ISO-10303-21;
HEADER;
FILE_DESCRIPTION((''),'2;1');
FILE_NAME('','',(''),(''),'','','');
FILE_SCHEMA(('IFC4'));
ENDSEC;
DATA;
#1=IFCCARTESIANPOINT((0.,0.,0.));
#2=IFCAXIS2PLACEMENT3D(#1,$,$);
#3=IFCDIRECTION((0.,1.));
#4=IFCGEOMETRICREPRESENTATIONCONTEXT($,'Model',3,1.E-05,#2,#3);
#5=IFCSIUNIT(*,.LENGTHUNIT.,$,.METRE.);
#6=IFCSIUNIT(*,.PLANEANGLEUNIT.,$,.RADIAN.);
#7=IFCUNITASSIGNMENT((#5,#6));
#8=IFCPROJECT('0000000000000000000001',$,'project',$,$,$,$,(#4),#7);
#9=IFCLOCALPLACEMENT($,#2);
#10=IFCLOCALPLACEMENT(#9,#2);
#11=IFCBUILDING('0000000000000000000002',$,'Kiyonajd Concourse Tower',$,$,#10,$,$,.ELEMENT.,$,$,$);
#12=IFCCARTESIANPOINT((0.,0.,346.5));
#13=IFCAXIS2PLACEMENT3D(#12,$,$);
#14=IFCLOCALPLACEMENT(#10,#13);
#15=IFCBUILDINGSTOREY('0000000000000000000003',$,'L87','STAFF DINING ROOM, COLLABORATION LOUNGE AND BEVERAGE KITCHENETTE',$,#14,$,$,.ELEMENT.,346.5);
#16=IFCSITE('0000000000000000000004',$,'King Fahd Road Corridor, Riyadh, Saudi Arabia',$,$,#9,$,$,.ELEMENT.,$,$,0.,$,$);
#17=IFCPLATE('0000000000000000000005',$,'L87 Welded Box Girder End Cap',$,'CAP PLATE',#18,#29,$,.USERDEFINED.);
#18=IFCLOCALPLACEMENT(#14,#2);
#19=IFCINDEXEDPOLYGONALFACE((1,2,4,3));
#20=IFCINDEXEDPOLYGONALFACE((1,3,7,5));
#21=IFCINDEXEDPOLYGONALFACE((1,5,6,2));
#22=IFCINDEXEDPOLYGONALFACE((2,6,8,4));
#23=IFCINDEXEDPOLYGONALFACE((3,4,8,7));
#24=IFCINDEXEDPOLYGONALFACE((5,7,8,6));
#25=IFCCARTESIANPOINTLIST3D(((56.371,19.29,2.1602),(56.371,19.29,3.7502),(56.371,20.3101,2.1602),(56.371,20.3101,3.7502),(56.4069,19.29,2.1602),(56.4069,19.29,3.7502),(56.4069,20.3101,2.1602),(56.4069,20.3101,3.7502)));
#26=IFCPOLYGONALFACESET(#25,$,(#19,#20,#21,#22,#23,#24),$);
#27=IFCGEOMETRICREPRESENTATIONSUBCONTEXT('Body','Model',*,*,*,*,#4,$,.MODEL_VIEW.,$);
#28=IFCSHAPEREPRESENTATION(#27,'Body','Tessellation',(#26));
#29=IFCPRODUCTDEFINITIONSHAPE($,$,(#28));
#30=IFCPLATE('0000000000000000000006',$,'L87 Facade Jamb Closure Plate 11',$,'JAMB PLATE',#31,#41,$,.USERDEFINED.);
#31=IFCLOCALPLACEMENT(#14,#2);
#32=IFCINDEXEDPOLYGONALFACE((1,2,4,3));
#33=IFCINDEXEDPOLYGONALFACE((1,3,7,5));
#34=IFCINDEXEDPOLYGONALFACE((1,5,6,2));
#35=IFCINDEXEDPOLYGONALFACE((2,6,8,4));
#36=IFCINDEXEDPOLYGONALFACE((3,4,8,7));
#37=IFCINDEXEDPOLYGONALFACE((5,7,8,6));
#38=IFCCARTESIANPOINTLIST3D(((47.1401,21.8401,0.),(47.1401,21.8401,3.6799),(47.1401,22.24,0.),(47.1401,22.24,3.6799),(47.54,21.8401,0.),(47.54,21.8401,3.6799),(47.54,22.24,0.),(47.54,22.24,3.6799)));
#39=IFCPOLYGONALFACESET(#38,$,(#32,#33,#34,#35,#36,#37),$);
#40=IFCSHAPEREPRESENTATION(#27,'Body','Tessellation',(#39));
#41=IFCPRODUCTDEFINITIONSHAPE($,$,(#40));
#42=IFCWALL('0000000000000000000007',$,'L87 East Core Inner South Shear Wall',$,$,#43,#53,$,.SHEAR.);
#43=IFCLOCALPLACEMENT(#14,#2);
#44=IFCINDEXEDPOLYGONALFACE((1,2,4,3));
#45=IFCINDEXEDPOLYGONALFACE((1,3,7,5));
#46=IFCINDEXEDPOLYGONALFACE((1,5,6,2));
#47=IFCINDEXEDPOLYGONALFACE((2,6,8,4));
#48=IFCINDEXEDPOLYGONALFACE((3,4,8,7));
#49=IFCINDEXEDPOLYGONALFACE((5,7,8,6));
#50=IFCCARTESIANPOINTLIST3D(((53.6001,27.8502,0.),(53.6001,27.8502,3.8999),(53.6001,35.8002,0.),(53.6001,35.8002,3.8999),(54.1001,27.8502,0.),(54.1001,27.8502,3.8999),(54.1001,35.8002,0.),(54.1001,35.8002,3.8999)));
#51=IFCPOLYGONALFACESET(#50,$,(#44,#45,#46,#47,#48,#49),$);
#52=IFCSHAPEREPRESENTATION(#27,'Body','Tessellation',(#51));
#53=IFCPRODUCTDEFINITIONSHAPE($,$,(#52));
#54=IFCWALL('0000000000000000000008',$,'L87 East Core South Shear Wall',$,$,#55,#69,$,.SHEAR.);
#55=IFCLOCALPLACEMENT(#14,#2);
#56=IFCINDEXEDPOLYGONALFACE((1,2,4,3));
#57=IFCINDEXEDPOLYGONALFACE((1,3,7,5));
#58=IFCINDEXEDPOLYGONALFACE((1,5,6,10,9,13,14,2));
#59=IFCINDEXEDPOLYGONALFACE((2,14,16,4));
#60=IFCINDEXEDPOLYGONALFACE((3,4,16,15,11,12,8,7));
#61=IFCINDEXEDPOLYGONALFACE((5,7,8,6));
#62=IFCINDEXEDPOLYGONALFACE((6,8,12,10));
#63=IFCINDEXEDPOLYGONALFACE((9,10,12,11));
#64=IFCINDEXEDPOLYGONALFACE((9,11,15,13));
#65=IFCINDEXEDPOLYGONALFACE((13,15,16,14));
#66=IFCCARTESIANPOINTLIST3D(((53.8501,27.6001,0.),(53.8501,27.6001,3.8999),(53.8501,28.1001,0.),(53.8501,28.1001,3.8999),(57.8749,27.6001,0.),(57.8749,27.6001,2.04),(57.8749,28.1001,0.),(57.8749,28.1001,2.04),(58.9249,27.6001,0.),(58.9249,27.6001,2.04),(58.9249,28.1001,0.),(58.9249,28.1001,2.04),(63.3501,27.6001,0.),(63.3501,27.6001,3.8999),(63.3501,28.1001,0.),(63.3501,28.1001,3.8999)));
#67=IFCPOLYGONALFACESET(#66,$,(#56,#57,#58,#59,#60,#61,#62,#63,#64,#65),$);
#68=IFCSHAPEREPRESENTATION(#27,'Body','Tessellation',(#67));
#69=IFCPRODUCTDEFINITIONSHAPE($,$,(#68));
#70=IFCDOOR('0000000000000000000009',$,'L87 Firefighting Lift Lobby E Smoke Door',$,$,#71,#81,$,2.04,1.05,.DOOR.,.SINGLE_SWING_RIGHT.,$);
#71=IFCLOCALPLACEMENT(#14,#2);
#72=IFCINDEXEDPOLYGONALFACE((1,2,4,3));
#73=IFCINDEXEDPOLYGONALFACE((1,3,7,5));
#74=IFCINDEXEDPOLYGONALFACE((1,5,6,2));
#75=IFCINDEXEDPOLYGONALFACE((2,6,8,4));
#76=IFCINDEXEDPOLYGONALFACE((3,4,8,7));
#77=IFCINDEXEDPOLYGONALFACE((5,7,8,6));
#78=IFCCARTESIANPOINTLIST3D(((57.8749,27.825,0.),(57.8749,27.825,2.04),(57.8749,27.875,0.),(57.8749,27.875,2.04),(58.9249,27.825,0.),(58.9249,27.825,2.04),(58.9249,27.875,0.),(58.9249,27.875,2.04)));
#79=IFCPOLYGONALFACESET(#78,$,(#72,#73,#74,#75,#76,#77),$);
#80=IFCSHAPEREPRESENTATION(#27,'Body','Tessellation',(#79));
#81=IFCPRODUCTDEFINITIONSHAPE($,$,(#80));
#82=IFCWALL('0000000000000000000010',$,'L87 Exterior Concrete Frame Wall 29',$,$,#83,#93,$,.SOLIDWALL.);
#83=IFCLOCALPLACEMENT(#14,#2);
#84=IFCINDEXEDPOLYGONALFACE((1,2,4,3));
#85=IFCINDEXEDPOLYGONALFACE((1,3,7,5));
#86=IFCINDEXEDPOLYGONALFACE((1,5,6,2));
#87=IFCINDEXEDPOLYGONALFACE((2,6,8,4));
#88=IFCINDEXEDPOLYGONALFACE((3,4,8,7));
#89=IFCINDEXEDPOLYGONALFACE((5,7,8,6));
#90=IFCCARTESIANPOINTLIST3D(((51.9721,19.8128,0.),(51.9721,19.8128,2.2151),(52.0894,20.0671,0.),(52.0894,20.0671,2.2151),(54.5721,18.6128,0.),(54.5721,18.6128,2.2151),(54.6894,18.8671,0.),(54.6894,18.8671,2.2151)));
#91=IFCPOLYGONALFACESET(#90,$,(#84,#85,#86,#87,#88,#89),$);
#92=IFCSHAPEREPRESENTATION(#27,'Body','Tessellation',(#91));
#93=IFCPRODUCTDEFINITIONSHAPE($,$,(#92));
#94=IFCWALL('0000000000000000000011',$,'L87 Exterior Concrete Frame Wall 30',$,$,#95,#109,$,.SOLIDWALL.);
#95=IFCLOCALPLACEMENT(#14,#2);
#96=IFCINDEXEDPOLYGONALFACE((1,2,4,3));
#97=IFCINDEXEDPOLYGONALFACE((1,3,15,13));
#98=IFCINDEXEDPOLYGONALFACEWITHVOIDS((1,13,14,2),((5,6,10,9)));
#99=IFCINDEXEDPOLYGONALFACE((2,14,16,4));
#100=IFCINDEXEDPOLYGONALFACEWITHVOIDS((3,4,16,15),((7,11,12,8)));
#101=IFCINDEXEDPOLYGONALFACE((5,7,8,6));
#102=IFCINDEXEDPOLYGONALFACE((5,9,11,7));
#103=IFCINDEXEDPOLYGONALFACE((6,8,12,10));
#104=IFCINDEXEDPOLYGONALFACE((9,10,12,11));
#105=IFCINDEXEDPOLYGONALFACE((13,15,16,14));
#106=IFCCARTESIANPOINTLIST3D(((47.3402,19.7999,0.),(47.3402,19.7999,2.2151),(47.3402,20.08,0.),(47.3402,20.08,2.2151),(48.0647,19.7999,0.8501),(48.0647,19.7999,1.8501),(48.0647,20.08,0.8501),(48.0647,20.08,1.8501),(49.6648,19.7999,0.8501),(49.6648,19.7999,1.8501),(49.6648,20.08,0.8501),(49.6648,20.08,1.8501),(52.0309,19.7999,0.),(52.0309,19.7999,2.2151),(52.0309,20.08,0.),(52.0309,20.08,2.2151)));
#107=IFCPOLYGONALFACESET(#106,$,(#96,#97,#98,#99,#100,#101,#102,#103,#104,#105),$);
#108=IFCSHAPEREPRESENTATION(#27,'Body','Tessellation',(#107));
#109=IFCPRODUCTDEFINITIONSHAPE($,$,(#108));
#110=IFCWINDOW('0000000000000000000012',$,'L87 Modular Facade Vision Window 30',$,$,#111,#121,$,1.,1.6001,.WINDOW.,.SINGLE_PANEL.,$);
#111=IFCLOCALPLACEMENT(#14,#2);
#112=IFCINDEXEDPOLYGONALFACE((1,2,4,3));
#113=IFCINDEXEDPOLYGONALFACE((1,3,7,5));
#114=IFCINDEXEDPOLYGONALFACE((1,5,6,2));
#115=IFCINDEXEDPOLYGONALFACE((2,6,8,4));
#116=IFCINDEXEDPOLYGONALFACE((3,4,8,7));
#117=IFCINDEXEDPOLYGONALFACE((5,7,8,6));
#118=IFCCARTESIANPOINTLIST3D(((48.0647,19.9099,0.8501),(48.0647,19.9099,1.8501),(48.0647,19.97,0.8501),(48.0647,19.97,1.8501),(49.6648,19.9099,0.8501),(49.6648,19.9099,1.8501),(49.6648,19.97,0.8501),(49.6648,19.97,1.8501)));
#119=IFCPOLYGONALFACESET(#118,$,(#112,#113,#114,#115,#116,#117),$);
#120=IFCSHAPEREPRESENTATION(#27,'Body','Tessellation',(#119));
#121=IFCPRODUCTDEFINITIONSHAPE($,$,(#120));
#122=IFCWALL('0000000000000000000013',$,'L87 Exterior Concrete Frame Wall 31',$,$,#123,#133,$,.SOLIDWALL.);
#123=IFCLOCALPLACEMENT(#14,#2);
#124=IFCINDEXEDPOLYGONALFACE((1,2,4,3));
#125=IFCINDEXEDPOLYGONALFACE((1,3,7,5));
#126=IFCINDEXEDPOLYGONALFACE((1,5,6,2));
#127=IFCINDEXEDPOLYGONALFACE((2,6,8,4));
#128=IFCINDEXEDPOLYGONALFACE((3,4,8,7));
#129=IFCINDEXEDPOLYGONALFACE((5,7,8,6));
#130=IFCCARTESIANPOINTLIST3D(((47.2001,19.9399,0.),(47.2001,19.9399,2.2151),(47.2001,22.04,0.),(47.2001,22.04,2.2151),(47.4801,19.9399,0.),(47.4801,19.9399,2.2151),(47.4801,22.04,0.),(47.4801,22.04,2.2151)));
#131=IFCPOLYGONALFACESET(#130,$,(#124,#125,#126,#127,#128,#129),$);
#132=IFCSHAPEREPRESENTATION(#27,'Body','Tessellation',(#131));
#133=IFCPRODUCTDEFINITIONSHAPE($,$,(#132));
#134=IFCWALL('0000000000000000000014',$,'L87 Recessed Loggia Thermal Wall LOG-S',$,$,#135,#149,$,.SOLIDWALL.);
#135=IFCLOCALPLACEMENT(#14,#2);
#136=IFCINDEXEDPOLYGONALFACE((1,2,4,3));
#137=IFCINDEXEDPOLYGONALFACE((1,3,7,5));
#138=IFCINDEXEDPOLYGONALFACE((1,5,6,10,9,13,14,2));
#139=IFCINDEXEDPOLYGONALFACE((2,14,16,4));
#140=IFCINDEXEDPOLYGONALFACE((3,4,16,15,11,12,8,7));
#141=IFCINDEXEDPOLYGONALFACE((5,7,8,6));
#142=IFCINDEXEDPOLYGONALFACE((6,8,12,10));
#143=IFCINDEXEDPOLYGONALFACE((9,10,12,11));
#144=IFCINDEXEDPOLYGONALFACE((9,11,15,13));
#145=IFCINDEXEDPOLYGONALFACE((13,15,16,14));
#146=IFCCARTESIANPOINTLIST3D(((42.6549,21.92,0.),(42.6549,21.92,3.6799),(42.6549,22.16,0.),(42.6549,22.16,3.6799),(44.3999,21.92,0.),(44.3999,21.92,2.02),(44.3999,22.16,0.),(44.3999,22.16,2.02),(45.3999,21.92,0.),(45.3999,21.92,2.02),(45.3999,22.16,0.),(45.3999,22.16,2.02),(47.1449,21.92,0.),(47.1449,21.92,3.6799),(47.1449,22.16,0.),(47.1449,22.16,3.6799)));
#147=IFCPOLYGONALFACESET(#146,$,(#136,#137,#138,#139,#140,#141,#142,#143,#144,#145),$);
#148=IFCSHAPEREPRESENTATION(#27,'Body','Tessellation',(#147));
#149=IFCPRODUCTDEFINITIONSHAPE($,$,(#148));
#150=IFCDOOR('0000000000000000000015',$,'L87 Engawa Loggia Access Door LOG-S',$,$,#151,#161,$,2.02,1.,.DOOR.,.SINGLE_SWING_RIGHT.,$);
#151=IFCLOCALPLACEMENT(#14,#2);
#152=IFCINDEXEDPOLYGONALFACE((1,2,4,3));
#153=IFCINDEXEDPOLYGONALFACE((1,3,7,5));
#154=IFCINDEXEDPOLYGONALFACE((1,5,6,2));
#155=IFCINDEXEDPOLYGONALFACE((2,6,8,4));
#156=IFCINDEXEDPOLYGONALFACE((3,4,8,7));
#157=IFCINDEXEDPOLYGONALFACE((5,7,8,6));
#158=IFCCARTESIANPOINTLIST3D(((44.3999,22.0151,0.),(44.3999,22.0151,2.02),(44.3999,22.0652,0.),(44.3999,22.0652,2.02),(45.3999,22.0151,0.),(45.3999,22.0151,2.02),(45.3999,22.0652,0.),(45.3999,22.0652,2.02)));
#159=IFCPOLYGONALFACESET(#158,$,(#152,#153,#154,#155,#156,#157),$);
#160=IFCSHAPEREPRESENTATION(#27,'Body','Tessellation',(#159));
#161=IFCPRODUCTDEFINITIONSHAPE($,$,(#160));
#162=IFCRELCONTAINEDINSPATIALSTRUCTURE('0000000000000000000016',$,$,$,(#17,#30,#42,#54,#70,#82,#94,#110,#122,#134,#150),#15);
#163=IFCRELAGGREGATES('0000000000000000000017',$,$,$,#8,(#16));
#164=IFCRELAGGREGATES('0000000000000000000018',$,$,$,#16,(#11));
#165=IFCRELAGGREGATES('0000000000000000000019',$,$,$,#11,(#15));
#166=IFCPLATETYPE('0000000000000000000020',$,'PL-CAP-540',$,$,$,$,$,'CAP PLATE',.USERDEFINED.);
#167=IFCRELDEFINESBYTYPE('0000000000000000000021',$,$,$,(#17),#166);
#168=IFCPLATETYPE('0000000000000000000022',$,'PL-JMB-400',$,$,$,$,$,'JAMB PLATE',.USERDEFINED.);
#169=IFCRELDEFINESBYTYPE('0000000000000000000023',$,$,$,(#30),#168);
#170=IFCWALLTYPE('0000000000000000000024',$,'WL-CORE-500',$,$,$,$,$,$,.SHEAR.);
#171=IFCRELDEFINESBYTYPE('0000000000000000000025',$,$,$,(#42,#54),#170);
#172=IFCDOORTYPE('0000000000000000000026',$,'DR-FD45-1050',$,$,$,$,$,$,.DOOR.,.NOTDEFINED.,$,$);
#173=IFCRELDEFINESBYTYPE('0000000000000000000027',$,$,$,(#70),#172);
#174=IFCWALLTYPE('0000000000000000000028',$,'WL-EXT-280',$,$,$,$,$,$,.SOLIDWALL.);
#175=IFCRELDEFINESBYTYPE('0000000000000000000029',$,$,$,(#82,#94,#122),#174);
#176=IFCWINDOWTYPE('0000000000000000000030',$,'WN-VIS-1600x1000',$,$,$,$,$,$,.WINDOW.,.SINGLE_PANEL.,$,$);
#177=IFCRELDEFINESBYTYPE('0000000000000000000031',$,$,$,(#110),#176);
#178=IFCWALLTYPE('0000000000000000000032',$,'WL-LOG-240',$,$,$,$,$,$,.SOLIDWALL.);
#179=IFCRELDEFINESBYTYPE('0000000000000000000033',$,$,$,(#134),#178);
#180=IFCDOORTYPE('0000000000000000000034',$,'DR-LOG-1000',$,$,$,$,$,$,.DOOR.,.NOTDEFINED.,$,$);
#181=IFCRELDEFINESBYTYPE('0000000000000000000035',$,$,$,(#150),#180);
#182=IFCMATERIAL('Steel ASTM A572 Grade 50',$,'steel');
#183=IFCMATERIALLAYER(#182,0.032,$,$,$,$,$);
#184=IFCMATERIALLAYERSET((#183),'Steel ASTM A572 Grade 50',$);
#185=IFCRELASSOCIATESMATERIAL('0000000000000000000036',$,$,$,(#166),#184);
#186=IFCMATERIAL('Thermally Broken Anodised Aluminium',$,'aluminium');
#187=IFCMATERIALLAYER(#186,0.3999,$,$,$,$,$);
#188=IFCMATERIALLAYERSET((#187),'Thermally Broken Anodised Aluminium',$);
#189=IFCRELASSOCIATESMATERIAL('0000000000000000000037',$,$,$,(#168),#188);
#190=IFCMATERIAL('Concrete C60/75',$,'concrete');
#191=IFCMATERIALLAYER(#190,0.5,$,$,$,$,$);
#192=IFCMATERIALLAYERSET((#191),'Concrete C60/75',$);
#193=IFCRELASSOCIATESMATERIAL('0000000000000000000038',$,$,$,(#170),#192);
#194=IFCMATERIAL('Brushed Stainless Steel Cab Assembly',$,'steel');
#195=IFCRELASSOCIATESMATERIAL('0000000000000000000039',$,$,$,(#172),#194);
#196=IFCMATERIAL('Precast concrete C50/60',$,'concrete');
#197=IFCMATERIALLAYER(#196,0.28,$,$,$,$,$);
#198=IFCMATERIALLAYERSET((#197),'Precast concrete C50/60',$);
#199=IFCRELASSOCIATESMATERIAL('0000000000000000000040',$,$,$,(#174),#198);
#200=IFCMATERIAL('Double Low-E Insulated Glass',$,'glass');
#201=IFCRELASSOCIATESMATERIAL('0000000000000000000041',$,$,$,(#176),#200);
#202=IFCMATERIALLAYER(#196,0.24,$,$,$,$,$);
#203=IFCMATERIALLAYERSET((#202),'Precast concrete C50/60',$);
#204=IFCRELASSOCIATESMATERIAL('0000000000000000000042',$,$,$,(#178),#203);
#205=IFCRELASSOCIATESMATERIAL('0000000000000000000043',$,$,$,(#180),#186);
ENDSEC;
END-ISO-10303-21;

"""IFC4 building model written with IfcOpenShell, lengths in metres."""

from ifc_helpers import new_model, si_unit, direction, frame, frame_2d, origin, origin_2d, place, context, subcontext, project, spatial, rectangle, extrude, material, layer, layer_set, type_object, element, fill, save


model = new_model("IFC4")

# Units and contexts
model_context = context("Model", 3, precision=1e-05, world=origin(), true_north=direction((0.0, 1.0)))
body_context = subcontext(model_context, "Body", "Model", "MODEL_VIEW")
ifc_project = project(units=[si_unit("LENGTHUNIT", "METRE"), si_unit("PLANEANGLEUNIT", "RADIAN")], contexts=[model_context])

# Site, building, storey
site_placement = place(None, origin())
site = spatial("IfcSite", under=ifc_project, at=site_placement, Name="King Fahd Road Corridor, Riyadh, Saudi Arabia", CompositionType="ELEMENT", RefElevation=0.0)
building_placement = place(site_placement, origin())
building = spatial("IfcBuilding", under=site, at=building_placement, Name="Kiyonajd Concourse Tower", CompositionType="ELEMENT")
storey_placement = place(building_placement, frame((0.0, 0.0, 346.5)))
storey = spatial("IfcBuildingStorey", under=building, at=storey_placement, Name="L87", Description="STAFF DINING ROOM, COLLABORATION LOUNGE AND BEVERAGE KITCHENETTE", CompositionType="ELEMENT", Elevation=346.5)

# Shared definitions
ifc_material_1 = material(Name="Concrete C60/75", Category="concrete")

# Shared definitions
ifc_material_2 = material(Name="Steel ASTM A572 Grade 50", Category="steel")

# Plates
ifc_layer_1 = layer(ifc_material_2, 0.032)
ifc_layer_set_1 = layer_set([ifc_layer_1], Name="Steel ASTM A572 Grade 50")
plate_type_1 = type_object("IfcPlateType", Name="PL-CAP-540", ElementType="CAP PLATE", PredefinedType="USERDEFINED", material=ifc_layer_set_1)
for number, where, z_axis, x_axis, name in (
    (1, (56.3889, 19.8, 2.1602), (0.0, 0.0, 1.0), (-1.0, 0.0, 0.0), "L87 Welded Box Girder End Cap"),
):
    element("IfcPlate", number, at=place(storey_placement, frame(where, z_axis=z_axis, x_axis=x_axis)), inside=storey, type_object=plate_type_1, Name=name, ObjectType="CAP PLATE", PredefinedType="USERDEFINED", context=body_context, shape_type="SweptSolid", body=[
        extrude(rectangle(XDim=0.0359, YDim=1.02, at=origin_2d()), origin(), (0.0, 0.0, 1.0), 1.5901),
    ])
ifc_material_3 = material(Name="Thermally Broken Anodised Aluminium", Category="aluminium")
ifc_layer_2 = layer(ifc_material_3, 0.3999)
ifc_layer_set_2 = layer_set([ifc_layer_2], Name="Thermally Broken Anodised Aluminium")
plate_type_2 = type_object("IfcPlateType", Name="PL-JMB-400", ElementType="JAMB PLATE", PredefinedType="USERDEFINED", material=ifc_layer_set_2)
plate_placement = place(storey_placement, frame((47.3401, 22.04, 0.0), z_axis=(0.0, 0.0, 1.0), x_axis=(1.0, 0.0, 0.0)))
element("IfcPlate", 2, at=plate_placement, inside=storey, type_object=plate_type_2, Name="L87 Facade Jamb Closure Plate 11", ObjectType="JAMB PLATE", PredefinedType="USERDEFINED", context=body_context, shape_type="SweptSolid", body=[
    extrude(rectangle(XDim=0.3999, YDim=0.3999, at=origin_2d()), origin(), (0.0, 0.0, 1.0), 3.6799),
])

# Wall
ifc_layer_3 = layer(ifc_material_1, 0.5)
ifc_layer_set_3 = layer_set([ifc_layer_3], Name="Concrete C60/75")
wall_type_1 = type_object("IfcWallType", Name="WL-CORE-500", PredefinedType="SHEAR", material=ifc_layer_set_3)
wall_1_placement = place(storey_placement, frame((53.8501, 27.8501, 0.0), z_axis=(0.0, 0.0, 1.0), x_axis=(0.0, 1.0, 0.0)))
element("IfcWall", 3, at=wall_1_placement, inside=storey, type_object=wall_type_1, Name="L87 East Core Inner South Shear Wall", PredefinedType="SHEAR", context=body_context, shape_type="SweptSolid", body=[
    extrude(rectangle(XDim=7.95, YDim=0.5, at=frame_2d((3.9751, 0.0))), origin(), (0.0, 0.0, 1.0), 3.8999),
])

# Wall, opening, door
wall_2_placement = place(storey_placement, frame((53.8501, 27.8501, 0.0), z_axis=(0.0, 0.0, 1.0), x_axis=(1.0, 0.0, 0.0)))
wall_2 = element("IfcWall", 4, at=wall_2_placement, inside=storey, type_object=wall_type_1, Name="L87 East Core South Shear Wall", PredefinedType="SHEAR", context=body_context, shape_type="SweptSolid", body=[
    extrude(rectangle(XDim=9.5, YDim=0.5, at=frame_2d((4.75, 0.0))), origin(), (0.0, 0.0, 1.0), 3.8999),
])
opening_1_placement = place(wall_2_placement, frame((4.0249, 0.0, 0.0)))
opening_1 = element("IfcOpeningElement", 5, at=opening_1_placement, cuts=wall_2, PredefinedType="OPENING", context=body_context, shape_type="SweptSolid", body=[
    extrude(rectangle(XDim=1.05, YDim=2.04, at=frame_2d((0.5249, 1.02))), frame((0.0, 0.26, 0.0), z_axis=(0.0, -1.0, 0.0), x_axis=(1.0, 0.0, 0.0)), (0.0, 0.0, 1.0), 0.52),
])
ifc_material_4 = material(Name="Brushed Stainless Steel Cab Assembly", Category="steel")
door_type_1 = type_object("IfcDoorType", Name="DR-FD45-1050", OperationType="NOTDEFINED", PredefinedType="DOOR", material=ifc_material_4)
door_1_placement = place(opening_1_placement, origin())
door_1 = element("IfcDoor", 6, at=door_1_placement, inside=storey, type_object=door_type_1, Name="L87 Firefighting Lift Lobby E Smoke Door", OperationType="SINGLE_SWING_RIGHT", OverallHeight=2.04, OverallWidth=1.05, PredefinedType="DOOR", context=body_context, shape_type="SweptSolid", body=[
    extrude(rectangle(XDim=1.05, YDim=2.04, at=frame_2d((0.5249, 1.02))), frame((0.0, 0.0249, 0.0), z_axis=(0.0, -1.0, 0.0), x_axis=(1.0, 0.0, 0.0)), (0.0, 0.0, 1.0), 0.05),
])
fill(opening_1, door_1)

# Wall
ifc_material_5 = material(Name="Precast concrete C50/60", Category="concrete")
ifc_layer_4 = layer(ifc_material_5, 0.28)
ifc_layer_set_4 = layer_set([ifc_layer_4], Name="Precast concrete C50/60")
wall_type_2 = type_object("IfcWallType", Name="WL-EXT-280", PredefinedType="SOLIDWALL", material=ifc_layer_set_4)
wall_3_placement = place(storey_placement, frame((54.6306, 18.74, 0.0), z_axis=(0.0, 0.0, 1.0), x_axis=(-0.907957, 0.419064, 0.0)))
element("IfcWall", 7, at=wall_3_placement, inside=storey, type_object=wall_type_2, Name="L87 Exterior Concrete Frame Wall 29", PredefinedType="SOLIDWALL", context=body_context, shape_type="SweptSolid", body=[
    extrude(rectangle(XDim=2.8635, YDim=0.28, at=frame_2d((1.4316, 0.0))), origin(), (0.0, 0.0, 1.0), 2.2151),
])

# Wall, opening, window
wall_4_placement = place(storey_placement, frame((52.0308, 19.9399, 0.0), z_axis=(0.0, 0.0, 1.0), x_axis=(-1.0, 0.0, 0.0)))
wall_4 = element("IfcWall", 8, at=wall_4_placement, inside=storey, type_object=wall_type_2, Name="L87 Exterior Concrete Frame Wall 30", PredefinedType="SOLIDWALL", context=body_context, shape_type="SweptSolid", body=[
    extrude(rectangle(XDim=4.6907, YDim=0.28, at=frame_2d((2.3452, 0.0))), origin(), (0.0, 0.0, 1.0), 2.2151),
])
opening_2_placement = place(wall_4_placement, frame((2.366, 0.0, 0.8501)))
opening_2 = element("IfcOpeningElement", 9, at=opening_2_placement, cuts=wall_4, PredefinedType="OPENING", context=body_context, shape_type="SweptSolid", body=[
    extrude(rectangle(XDim=1.6001, YDim=1.0, at=frame_2d((0.8, 0.5))), frame((0.0, 0.1499, 0.0), z_axis=(0.0, -1.0, 0.0), x_axis=(1.0, 0.0, 0.0)), (0.0, 0.0, 1.0), 0.3),
])
ifc_material_6 = material(Name="Double Low-E Insulated Glass", Category="glass")
window_type = type_object("IfcWindowType", Name="WN-VIS-1600x1000", PartitioningType="SINGLE_PANEL", PredefinedType="WINDOW", material=ifc_material_6)
window_placement = place(opening_2_placement, origin())
window = element("IfcWindow", 10, at=window_placement, inside=storey, type_object=window_type, Name="L87 Modular Facade Vision Window 30", OverallHeight=1.0, OverallWidth=1.6001, PartitioningType="SINGLE_PANEL", PredefinedType="WINDOW", context=body_context, shape_type="SweptSolid", body=[
    extrude(rectangle(XDim=1.6001, YDim=1.0, at=frame_2d((0.8, 0.5))), frame((0.0, 0.03, 0.0), z_axis=(0.0, -1.0, 0.0), x_axis=(1.0, 0.0, 0.0)), (0.0, 0.0, 1.0), 0.0601),
])
fill(opening_2, window)

# Wall
wall_5_placement = place(storey_placement, frame((47.3401, 19.9399, 0.0), z_axis=(0.0, 0.0, 1.0), x_axis=(0.0, 1.0, 0.0)))
element("IfcWall", 11, at=wall_5_placement, inside=storey, type_object=wall_type_2, Name="L87 Exterior Concrete Frame Wall 31", PredefinedType="SOLIDWALL", context=body_context, shape_type="SweptSolid", body=[
    extrude(rectangle(XDim=2.1001, YDim=0.28, at=frame_2d((1.05, 0.0))), origin(), (0.0, 0.0, 1.0), 2.2151),
])

# Wall, opening, door
ifc_layer_5 = layer(ifc_material_5, 0.24)
ifc_layer_set_5 = layer_set([ifc_layer_5], Name="Precast concrete C50/60")
wall_type_3 = type_object("IfcWallType", Name="WL-LOG-240", PredefinedType="SOLIDWALL", material=ifc_layer_set_5)
wall_6_placement = place(storey_placement, frame((47.145, 22.04, 0.0), z_axis=(0.0, 0.0, 1.0), x_axis=(-1.0, 0.0, 0.0)))
wall_6 = element("IfcWall", 12, at=wall_6_placement, inside=storey, type_object=wall_type_3, Name="L87 Recessed Loggia Thermal Wall LOG-S", PredefinedType="SOLIDWALL", context=body_context, shape_type="SweptSolid", body=[
    extrude(rectangle(XDim=4.49, YDim=0.24, at=frame_2d((2.2451, 0.0))), origin(), (0.0, 0.0, 1.0), 3.6799),
])
opening_3_placement = place(wall_6_placement, frame((1.7451, 0.0, 0.0)))
opening_3 = element("IfcOpeningElement", 13, at=opening_3_placement, cuts=wall_6, PredefinedType="OPENING", context=body_context, shape_type="SweptSolid", body=[
    extrude(rectangle(XDim=1.0, YDim=2.02, at=frame_2d((0.5, 1.01))), frame((0.0, 0.1299, 0.0), z_axis=(0.0, -1.0, 0.0), x_axis=(1.0, 0.0, 0.0)), (0.0, 0.0, 1.0), 0.26),
])
door_type_2 = type_object("IfcDoorType", Name="DR-LOG-1000", OperationType="NOTDEFINED", PredefinedType="DOOR", material=ifc_material_3)
door_2_placement = place(opening_3_placement, origin())
door_2 = element("IfcDoor", 14, at=door_2_placement, inside=storey, type_object=door_type_2, Name="L87 Engawa Loggia Access Door LOG-S", OperationType="SINGLE_SWING_RIGHT", OverallHeight=2.02, OverallWidth=1.0, PredefinedType="DOOR", context=body_context, shape_type="SweptSolid", body=[
    extrude(rectangle(XDim=1.0, YDim=2.02, at=frame_2d((0.5, 1.01))), frame((0.0, 0.0249, 0.0), z_axis=(0.0, -1.0, 0.0), x_axis=(1.0, 0.0, 0.0)), (0.0, 0.0, 1.0), 0.05),
])
fill(opening_3, door_2)

save(model, "model.ifc")
